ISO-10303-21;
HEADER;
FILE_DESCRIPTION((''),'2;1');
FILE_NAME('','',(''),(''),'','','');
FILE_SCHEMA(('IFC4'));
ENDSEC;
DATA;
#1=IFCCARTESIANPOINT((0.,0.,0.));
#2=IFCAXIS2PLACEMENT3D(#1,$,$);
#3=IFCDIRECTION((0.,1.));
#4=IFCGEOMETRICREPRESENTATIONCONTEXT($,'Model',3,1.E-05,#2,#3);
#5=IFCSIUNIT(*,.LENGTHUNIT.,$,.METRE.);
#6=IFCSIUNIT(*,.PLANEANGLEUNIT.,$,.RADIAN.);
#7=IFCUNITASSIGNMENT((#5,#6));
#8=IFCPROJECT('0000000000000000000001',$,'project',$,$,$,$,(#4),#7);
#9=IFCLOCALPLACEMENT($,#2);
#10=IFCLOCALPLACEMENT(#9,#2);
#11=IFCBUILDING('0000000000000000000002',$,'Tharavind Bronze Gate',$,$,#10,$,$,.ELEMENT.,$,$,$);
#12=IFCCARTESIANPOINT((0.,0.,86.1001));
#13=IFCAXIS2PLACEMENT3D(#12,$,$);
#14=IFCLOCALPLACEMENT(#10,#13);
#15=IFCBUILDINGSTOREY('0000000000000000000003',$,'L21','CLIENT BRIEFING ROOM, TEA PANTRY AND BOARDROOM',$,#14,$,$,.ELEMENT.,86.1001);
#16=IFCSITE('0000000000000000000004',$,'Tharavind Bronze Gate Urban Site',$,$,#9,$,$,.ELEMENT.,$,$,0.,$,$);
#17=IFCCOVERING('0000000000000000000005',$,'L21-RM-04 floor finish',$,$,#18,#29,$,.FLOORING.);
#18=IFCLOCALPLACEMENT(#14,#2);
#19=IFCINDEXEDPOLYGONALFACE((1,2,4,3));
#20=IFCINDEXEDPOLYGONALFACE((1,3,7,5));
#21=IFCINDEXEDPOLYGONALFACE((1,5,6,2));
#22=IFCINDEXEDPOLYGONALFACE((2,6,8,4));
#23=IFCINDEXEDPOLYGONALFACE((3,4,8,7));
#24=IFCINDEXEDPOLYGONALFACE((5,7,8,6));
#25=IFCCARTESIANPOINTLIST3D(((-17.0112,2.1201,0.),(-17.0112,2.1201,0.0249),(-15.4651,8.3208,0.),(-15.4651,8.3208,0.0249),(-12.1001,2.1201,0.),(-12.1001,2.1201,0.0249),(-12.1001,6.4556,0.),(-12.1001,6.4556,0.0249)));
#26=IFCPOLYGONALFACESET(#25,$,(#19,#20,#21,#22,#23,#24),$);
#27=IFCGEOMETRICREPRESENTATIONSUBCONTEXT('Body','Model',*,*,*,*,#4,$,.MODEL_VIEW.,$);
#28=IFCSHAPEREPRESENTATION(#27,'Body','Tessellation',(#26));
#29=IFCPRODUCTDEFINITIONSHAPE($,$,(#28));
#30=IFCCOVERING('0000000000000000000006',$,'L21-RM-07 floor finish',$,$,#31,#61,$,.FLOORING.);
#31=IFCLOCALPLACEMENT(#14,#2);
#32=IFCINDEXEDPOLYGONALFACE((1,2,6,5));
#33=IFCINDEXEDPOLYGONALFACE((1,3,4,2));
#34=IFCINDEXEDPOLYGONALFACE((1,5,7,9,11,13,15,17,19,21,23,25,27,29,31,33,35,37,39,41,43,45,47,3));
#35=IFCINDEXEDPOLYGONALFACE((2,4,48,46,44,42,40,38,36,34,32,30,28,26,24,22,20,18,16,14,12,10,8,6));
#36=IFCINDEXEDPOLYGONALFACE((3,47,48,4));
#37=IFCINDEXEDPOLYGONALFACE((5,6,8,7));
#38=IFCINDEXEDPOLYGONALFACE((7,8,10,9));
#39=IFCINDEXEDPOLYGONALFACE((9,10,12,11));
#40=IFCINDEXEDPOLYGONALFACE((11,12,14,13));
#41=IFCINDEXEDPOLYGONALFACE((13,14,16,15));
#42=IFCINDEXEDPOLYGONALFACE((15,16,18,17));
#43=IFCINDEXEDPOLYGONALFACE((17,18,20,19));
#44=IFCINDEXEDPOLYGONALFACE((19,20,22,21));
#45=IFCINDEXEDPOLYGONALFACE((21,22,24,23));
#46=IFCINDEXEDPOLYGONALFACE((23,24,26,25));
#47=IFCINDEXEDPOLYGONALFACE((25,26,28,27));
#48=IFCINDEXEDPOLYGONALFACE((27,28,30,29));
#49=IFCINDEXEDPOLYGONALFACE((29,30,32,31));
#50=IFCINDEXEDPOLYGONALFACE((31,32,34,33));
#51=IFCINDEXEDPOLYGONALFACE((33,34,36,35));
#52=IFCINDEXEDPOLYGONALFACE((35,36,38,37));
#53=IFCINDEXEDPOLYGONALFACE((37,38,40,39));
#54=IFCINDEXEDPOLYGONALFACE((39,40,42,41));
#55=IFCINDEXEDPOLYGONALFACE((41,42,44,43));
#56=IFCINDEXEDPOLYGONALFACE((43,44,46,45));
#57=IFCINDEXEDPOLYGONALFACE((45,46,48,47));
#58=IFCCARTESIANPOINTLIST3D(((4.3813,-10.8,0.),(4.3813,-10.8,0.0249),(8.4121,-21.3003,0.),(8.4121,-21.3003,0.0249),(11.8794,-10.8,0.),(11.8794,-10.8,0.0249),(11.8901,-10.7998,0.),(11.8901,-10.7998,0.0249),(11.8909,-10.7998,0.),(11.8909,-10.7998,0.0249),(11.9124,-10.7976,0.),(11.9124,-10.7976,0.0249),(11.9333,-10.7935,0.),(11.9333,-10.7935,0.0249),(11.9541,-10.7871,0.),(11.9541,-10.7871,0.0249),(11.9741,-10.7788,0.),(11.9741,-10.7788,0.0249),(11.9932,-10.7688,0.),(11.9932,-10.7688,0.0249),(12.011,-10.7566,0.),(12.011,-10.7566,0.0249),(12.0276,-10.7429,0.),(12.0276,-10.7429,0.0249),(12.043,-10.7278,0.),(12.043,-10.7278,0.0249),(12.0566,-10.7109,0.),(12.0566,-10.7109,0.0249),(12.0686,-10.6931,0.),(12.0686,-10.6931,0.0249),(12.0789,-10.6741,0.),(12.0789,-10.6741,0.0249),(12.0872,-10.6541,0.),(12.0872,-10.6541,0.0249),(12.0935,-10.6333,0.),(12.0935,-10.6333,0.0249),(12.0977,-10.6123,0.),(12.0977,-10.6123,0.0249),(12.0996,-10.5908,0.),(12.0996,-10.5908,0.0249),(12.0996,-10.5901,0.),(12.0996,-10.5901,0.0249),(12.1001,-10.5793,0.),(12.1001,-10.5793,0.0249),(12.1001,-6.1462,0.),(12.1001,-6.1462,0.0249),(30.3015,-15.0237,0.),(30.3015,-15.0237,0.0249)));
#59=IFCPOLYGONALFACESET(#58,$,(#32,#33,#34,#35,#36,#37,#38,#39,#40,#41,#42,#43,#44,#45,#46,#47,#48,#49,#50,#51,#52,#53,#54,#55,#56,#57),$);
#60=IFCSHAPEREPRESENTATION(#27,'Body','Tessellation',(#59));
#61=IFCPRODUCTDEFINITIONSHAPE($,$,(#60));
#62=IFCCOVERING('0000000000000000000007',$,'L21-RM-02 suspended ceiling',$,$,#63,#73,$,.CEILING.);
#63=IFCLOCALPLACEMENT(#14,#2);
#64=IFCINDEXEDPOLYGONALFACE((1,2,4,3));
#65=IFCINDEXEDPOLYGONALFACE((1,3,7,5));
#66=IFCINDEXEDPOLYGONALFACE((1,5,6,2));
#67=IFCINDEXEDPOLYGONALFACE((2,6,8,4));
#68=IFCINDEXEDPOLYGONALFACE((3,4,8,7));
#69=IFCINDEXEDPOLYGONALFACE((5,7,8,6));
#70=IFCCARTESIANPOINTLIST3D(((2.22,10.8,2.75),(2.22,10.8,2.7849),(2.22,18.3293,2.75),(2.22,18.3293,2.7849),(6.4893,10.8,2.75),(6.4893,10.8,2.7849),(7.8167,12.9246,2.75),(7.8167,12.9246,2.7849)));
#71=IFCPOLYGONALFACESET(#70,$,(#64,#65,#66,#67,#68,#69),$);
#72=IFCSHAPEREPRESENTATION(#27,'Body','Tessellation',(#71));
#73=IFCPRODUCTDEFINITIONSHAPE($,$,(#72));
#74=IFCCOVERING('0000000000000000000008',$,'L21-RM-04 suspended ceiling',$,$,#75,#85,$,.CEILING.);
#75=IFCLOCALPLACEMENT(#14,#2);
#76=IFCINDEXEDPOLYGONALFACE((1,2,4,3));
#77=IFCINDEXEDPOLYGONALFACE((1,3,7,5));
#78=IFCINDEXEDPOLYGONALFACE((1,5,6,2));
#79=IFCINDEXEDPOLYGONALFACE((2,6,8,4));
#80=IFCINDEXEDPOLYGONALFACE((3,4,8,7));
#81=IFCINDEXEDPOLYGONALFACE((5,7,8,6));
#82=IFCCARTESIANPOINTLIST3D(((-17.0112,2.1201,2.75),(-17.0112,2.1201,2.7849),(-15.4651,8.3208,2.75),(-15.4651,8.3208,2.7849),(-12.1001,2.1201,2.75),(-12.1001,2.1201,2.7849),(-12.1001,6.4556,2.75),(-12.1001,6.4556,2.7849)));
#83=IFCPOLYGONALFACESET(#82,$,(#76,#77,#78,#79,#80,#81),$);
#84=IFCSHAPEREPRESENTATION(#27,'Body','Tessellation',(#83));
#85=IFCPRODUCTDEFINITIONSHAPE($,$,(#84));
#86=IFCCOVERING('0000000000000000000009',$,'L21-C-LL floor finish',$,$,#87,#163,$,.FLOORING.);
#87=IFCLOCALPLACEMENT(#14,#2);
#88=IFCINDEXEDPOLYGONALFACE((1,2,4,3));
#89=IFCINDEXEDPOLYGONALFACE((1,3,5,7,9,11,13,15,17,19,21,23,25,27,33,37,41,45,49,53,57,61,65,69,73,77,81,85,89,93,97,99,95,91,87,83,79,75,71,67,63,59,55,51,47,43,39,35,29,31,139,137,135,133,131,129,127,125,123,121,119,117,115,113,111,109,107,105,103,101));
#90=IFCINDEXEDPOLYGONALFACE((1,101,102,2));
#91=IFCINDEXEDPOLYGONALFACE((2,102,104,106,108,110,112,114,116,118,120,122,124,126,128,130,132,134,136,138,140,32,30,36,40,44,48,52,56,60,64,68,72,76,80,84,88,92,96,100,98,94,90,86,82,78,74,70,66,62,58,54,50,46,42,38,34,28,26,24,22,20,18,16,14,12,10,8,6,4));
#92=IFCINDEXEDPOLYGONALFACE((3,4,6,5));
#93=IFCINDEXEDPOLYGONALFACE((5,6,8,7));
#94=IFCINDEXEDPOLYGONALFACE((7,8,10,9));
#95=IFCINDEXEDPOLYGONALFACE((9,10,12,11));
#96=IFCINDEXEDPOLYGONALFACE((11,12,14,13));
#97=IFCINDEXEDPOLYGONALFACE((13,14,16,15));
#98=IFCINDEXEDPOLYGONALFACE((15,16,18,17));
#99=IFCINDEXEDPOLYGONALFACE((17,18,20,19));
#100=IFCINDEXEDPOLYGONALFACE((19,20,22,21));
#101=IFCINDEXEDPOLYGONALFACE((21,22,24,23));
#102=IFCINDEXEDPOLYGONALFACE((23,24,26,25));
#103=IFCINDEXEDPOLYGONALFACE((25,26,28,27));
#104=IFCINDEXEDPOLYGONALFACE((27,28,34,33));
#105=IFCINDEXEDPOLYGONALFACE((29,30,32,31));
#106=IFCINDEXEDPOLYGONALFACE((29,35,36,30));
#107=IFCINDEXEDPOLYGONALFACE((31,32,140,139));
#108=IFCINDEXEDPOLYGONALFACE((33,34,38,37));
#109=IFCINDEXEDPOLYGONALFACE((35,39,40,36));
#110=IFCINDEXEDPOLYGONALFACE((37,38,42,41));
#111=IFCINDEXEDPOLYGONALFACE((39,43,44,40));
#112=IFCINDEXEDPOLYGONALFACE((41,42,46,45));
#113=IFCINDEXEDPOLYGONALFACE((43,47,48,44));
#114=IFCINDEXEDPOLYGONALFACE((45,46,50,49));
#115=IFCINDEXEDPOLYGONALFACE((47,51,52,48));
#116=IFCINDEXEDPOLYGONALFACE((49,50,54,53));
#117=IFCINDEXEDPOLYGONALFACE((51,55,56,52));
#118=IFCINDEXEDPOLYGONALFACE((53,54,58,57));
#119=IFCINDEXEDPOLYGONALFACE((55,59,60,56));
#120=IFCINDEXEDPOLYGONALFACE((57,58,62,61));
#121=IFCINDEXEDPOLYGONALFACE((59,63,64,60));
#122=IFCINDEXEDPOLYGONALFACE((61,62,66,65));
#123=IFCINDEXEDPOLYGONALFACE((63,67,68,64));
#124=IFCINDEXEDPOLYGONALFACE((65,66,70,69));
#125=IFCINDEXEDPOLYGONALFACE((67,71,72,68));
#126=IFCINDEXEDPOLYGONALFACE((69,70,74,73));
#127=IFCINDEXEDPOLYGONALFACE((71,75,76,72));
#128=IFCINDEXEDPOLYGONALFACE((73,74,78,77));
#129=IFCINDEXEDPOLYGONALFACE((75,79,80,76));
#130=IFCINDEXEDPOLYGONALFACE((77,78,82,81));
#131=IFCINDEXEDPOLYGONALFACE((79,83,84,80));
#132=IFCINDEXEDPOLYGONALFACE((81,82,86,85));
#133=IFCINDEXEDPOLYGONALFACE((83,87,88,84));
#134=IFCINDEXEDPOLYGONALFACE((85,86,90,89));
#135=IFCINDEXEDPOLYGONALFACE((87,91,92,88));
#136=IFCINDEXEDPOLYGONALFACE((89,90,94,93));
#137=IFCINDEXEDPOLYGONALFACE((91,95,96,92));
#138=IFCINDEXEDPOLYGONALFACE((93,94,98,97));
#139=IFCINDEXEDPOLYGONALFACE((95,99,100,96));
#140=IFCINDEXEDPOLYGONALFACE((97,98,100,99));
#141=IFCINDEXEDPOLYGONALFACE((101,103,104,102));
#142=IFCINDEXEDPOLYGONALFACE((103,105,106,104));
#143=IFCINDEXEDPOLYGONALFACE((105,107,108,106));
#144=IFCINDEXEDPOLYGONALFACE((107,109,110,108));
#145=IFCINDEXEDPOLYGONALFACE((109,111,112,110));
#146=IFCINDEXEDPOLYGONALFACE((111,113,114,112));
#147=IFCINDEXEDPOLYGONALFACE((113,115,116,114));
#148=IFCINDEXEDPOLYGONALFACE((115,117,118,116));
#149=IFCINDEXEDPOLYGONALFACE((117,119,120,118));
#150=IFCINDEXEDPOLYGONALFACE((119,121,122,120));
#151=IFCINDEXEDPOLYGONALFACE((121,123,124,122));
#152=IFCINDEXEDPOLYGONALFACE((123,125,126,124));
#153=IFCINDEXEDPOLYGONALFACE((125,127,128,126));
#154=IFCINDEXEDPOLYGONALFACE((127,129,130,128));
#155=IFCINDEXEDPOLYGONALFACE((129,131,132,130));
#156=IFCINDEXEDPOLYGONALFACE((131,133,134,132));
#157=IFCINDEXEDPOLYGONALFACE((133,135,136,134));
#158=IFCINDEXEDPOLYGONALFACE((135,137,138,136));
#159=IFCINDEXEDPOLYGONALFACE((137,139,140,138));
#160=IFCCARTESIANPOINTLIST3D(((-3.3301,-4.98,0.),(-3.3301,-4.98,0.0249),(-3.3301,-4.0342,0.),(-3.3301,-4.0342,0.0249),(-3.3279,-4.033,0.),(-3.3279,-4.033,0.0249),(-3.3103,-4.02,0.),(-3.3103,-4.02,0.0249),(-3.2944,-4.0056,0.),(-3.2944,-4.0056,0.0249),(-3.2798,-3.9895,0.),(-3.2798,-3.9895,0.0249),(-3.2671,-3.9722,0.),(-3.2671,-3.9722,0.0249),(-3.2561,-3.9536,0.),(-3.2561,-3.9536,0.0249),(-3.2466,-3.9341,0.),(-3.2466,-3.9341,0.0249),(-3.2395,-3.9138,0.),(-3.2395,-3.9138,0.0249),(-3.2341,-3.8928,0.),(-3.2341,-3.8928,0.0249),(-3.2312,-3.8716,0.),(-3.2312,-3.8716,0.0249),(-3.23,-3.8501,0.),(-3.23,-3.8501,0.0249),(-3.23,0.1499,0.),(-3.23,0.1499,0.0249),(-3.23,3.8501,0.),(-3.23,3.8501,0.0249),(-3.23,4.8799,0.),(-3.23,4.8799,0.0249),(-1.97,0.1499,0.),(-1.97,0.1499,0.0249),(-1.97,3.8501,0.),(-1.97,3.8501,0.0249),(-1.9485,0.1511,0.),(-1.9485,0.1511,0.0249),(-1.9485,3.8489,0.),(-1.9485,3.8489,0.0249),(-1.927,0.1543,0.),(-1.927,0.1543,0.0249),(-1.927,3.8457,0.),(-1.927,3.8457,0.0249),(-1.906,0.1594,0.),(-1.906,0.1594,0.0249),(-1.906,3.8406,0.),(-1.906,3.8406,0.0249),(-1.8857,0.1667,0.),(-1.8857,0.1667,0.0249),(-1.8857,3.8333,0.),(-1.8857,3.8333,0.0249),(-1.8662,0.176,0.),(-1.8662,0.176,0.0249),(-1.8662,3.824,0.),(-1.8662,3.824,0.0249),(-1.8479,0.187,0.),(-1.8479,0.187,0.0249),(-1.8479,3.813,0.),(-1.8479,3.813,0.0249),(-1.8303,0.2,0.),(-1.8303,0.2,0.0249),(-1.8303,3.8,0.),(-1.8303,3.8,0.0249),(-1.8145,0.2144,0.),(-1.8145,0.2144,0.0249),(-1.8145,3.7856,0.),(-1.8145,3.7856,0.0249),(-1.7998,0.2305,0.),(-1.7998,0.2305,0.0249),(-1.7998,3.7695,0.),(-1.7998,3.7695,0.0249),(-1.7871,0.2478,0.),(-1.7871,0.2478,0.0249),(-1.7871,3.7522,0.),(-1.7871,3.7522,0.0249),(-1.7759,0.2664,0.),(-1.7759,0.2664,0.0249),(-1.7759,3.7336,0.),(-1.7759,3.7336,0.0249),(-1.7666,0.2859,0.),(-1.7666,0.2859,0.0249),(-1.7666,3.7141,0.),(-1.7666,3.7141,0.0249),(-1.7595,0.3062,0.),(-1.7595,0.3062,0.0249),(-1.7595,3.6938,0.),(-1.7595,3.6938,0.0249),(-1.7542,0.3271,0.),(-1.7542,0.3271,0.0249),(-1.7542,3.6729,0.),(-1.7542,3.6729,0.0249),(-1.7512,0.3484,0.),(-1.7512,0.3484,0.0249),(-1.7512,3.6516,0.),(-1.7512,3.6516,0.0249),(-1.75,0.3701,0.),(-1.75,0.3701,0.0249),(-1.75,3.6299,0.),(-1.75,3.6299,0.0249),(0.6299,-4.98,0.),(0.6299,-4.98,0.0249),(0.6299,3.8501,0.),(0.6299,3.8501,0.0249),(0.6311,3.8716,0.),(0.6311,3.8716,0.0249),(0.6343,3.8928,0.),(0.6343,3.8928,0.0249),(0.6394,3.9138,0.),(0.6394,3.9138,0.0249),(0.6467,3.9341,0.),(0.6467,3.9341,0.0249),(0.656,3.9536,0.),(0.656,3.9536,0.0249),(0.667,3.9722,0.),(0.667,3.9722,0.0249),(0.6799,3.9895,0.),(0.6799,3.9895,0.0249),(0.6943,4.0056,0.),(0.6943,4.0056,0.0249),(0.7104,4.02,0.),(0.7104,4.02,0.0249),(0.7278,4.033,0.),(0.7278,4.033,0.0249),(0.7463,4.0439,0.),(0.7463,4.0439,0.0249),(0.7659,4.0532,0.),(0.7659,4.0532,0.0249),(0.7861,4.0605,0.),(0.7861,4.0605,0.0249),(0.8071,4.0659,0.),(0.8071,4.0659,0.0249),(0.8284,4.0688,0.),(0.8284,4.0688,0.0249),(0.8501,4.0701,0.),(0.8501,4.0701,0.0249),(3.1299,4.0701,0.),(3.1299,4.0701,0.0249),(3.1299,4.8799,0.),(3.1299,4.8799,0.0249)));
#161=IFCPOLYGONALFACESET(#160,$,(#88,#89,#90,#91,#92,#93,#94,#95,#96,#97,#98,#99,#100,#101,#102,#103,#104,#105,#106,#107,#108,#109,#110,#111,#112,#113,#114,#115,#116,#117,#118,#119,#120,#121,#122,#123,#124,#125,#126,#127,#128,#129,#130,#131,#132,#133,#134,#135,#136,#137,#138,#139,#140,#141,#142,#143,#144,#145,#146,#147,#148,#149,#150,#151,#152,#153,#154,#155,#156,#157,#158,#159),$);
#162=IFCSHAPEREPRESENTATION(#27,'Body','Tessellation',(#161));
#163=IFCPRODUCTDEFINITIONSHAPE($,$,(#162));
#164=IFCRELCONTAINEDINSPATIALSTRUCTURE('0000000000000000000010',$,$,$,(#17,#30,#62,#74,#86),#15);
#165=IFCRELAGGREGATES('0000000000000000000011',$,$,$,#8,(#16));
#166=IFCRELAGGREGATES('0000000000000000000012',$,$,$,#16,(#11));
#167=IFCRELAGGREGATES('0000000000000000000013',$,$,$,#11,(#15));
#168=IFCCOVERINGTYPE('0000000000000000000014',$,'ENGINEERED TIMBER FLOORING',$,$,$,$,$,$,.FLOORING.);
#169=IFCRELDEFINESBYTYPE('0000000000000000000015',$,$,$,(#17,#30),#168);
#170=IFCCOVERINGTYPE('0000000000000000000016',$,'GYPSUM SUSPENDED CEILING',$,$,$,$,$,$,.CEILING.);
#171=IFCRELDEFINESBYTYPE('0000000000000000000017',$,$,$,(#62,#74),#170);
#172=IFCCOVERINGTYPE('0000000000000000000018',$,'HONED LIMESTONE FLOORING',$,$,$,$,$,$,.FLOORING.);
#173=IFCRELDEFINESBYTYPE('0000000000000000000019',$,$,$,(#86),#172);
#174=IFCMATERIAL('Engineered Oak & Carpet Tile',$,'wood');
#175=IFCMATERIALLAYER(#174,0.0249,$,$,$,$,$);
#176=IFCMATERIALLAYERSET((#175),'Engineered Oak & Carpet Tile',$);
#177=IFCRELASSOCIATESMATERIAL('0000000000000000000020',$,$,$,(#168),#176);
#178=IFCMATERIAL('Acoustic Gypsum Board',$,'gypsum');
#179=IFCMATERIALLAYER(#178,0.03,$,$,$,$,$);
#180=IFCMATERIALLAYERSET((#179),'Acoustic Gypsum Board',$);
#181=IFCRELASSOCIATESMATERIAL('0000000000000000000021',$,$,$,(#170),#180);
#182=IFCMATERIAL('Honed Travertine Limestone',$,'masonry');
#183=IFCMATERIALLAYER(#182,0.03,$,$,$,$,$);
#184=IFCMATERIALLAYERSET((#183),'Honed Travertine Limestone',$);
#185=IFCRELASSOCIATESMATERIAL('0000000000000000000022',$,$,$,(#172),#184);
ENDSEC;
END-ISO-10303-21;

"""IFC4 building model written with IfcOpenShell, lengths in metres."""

from ifc_helpers import new_model, si_unit, direction, frame, origin, place, context, subcontext, project, spatial, polyline, outline, extrude, material, layer, layer_set, type_object, element, save


model = new_model("IFC4")

# Units and contexts
model_context = context("Model", 3, precision=1e-05, world=origin(), true_north=direction((0.0, 1.0)))
body_context = subcontext(model_context, "Body", "Model", "MODEL_VIEW")
ifc_project = project(units=[si_unit("LENGTHUNIT", "METRE"), si_unit("PLANEANGLEUNIT", "RADIAN")], contexts=[model_context])

# Site, building, storey
site_placement = place(None, origin())
site = spatial("IfcSite", under=ifc_project, at=site_placement, Name="Tharavind Bronze Gate Urban Site", CompositionType="ELEMENT", RefElevation=0.0)
building_placement = place(site_placement, origin())
building = spatial("IfcBuilding", under=site, at=building_placement, Name="Tharavind Bronze Gate", CompositionType="ELEMENT")
storey_placement = place(building_placement, frame((0.0, 0.0, 86.1001)))
storey = spatial("IfcBuildingStorey", under=building, at=storey_placement, Name="L21", Description="CLIENT BRIEFING ROOM, TEA PANTRY AND BOARDROOM", CompositionType="ELEMENT", Elevation=86.1001)

# Coverings
ifc_material_1 = material(Name="Engineered Oak & Carpet Tile", Category="wood")
ifc_layer_1 = layer(ifc_material_1, 0.0249)
ifc_layer_set_1 = layer_set([ifc_layer_1], Name="Engineered Oak & Carpet Tile")
covering_type_1 = type_object("IfcCoveringType", Name="ENGINEERED TIMBER FLOORING", PredefinedType="FLOORING", material=ifc_layer_set_1)
covering_1_placement = place(storey_placement, origin())
element("IfcCovering", 1, at=covering_1_placement, inside=storey, type_object=covering_type_1, Name="L21-RM-04 floor finish", PredefinedType="FLOORING", context=body_context, shape_type="SweptSolid", body=[
    extrude(outline(polyline([(-12.1001, 2.1201), (-12.1001, 6.4556), (-15.4651, 8.3208), (-17.0112, 2.1201), (-12.1001, 2.1201)])), origin(), (0.0, 0.0, 1.0), 0.0249),
])
covering_2_placement = place(storey_placement, origin())
element("IfcCovering", 2, at=covering_2_placement, inside=storey, type_object=covering_type_1, Name="L21-RM-07 floor finish", PredefinedType="FLOORING", context=body_context, shape_type="SweptSolid", body=[
    extrude(outline(polyline([(8.4121, -21.3003), (30.3015, -15.0237), (12.1001, -6.1462), (12.1001, -10.5793), (12.0996, -10.5901), (12.0996, -10.5908), (12.0977, -10.6123), (12.0935, -10.6333), (12.0872, -10.6541), (12.0789, -10.6741), (12.0686, -10.6931), (12.0566, -10.7109), (12.043, -10.7278), (12.0276, -10.7429), (12.011, -10.7566), (11.9932, -10.7688), (11.9741, -10.7788), (11.9541, -10.7871), (11.9333, -10.7935), (11.9124, -10.7976), (11.8909, -10.7998), (11.8901, -10.7998), (11.8794, -10.8), (4.3813, -10.8), (8.4121, -21.3003)])), origin(), (0.0, 0.0, 1.0), 0.0249),
])
ifc_material_2 = material(Name="Acoustic Gypsum Board", Category="gypsum")
ifc_layer_2 = layer(ifc_material_2, 0.03)
ifc_layer_set_2 = layer_set([ifc_layer_2], Name="Acoustic Gypsum Board")
covering_type_2 = type_object("IfcCoveringType", Name="GYPSUM SUSPENDED CEILING", PredefinedType="CEILING", material=ifc_layer_set_2)
covering_3_placement = place(storey_placement, frame((0.0, 0.0, 2.75)))
element("IfcCovering", 3, at=covering_3_placement, inside=storey, type_object=covering_type_2, Name="L21-RM-02 suspended ceiling", PredefinedType="CEILING", context=body_context, shape_type="SweptSolid", body=[
    extrude(outline(polyline([(2.22, 10.8), (6.4893, 10.8), (7.8167, 12.9246), (2.22, 18.3293), (2.22, 10.8)])), origin(), (0.0, 0.0, 1.0), 0.0349),
])
covering_4_placement = place(storey_placement, frame((0.0, 0.0, 2.75)))
element("IfcCovering", 4, at=covering_4_placement, inside=storey, type_object=covering_type_2, Name="L21-RM-04 suspended ceiling", PredefinedType="CEILING", context=body_context, shape_type="SweptSolid", body=[
    extrude(outline(polyline([(-12.1001, 2.1201), (-12.1001, 6.4556), (-15.4651, 8.3208), (-17.0112, 2.1201), (-12.1001, 2.1201)])), origin(), (0.0, 0.0, 1.0), 0.0349),
])
ifc_material_3 = material(Name="Honed Travertine Limestone", Category="masonry")
ifc_layer_3 = layer(ifc_material_3, 0.03)
ifc_layer_set_3 = layer_set([ifc_layer_3], Name="Honed Travertine Limestone")
covering_type_3 = type_object("IfcCoveringType", Name="HONED LIMESTONE FLOORING", PredefinedType="FLOORING", material=ifc_layer_set_3)
covering_5_placement = place(storey_placement, origin())
element("IfcCovering", 5, at=covering_5_placement, inside=storey, type_object=covering_type_3, Name="L21-C-LL floor finish", PredefinedType="FLOORING", context=body_context, shape_type="SweptSolid", body=[
    extrude(outline(polyline([(-3.3301, -4.98), (0.6299, -4.98), (0.6299, 3.8501), (0.6311, 3.8716), (0.6343, 3.8928), (0.6394, 3.9138), (0.6467, 3.9341), (0.656, 3.9536), (0.667, 3.9722), (0.6799, 3.9895), (0.6943, 4.0056), (0.7104, 4.02), (0.7278, 4.033), (0.7463, 4.0439), (0.7659, 4.0532), (0.7861, 4.0605), (0.8071, 4.0659), (0.8284, 4.0688), (0.8501, 4.0701), (3.1299, 4.0701), (3.1299, 4.8799), (-3.23, 4.8799), (-3.23, 3.8501), (-1.97, 3.8501), (-1.9485, 3.8489), (-1.927, 3.8457), (-1.906, 3.8406), (-1.8857, 3.8333), (-1.8662, 3.824), (-1.8479, 3.813), (-1.8303, 3.8), (-1.8145, 3.7856), (-1.7998, 3.7695), (-1.7871, 3.7522), (-1.7759, 3.7336), (-1.7666, 3.7141), (-1.7595, 3.6938), (-1.7542, 3.6729), (-1.7512, 3.6516), (-1.75, 3.6299), (-1.75, 0.3701), (-1.7512, 0.3484), (-1.7542, 0.3271), (-1.7595, 0.3062), (-1.7666, 0.2859), (-1.7759, 0.2664), (-1.7871, 0.2478), (-1.7998, 0.2305), (-1.8145, 0.2144), (-1.8303, 0.2), (-1.8479, 0.187), (-1.8662, 0.176), (-1.8857, 0.1667), (-1.906, 0.1594), (-1.927, 0.1543), (-1.9485, 0.1511), (-1.97, 0.1499), (-3.23, 0.1499), (-3.23, -3.8501), (-3.2312, -3.8716), (-3.2341, -3.8928), (-3.2395, -3.9138), (-3.2466, -3.9341), (-3.2561, -3.9536), (-3.2671, -3.9722), (-3.2798, -3.9895), (-3.2944, -4.0056), (-3.3103, -4.02), (-3.3279, -4.033), (-3.3301, -4.0342), (-3.3301, -4.98)])), origin(), (0.0, 0.0, 1.0), 0.0249),
])

save(model, "model.ifc")
